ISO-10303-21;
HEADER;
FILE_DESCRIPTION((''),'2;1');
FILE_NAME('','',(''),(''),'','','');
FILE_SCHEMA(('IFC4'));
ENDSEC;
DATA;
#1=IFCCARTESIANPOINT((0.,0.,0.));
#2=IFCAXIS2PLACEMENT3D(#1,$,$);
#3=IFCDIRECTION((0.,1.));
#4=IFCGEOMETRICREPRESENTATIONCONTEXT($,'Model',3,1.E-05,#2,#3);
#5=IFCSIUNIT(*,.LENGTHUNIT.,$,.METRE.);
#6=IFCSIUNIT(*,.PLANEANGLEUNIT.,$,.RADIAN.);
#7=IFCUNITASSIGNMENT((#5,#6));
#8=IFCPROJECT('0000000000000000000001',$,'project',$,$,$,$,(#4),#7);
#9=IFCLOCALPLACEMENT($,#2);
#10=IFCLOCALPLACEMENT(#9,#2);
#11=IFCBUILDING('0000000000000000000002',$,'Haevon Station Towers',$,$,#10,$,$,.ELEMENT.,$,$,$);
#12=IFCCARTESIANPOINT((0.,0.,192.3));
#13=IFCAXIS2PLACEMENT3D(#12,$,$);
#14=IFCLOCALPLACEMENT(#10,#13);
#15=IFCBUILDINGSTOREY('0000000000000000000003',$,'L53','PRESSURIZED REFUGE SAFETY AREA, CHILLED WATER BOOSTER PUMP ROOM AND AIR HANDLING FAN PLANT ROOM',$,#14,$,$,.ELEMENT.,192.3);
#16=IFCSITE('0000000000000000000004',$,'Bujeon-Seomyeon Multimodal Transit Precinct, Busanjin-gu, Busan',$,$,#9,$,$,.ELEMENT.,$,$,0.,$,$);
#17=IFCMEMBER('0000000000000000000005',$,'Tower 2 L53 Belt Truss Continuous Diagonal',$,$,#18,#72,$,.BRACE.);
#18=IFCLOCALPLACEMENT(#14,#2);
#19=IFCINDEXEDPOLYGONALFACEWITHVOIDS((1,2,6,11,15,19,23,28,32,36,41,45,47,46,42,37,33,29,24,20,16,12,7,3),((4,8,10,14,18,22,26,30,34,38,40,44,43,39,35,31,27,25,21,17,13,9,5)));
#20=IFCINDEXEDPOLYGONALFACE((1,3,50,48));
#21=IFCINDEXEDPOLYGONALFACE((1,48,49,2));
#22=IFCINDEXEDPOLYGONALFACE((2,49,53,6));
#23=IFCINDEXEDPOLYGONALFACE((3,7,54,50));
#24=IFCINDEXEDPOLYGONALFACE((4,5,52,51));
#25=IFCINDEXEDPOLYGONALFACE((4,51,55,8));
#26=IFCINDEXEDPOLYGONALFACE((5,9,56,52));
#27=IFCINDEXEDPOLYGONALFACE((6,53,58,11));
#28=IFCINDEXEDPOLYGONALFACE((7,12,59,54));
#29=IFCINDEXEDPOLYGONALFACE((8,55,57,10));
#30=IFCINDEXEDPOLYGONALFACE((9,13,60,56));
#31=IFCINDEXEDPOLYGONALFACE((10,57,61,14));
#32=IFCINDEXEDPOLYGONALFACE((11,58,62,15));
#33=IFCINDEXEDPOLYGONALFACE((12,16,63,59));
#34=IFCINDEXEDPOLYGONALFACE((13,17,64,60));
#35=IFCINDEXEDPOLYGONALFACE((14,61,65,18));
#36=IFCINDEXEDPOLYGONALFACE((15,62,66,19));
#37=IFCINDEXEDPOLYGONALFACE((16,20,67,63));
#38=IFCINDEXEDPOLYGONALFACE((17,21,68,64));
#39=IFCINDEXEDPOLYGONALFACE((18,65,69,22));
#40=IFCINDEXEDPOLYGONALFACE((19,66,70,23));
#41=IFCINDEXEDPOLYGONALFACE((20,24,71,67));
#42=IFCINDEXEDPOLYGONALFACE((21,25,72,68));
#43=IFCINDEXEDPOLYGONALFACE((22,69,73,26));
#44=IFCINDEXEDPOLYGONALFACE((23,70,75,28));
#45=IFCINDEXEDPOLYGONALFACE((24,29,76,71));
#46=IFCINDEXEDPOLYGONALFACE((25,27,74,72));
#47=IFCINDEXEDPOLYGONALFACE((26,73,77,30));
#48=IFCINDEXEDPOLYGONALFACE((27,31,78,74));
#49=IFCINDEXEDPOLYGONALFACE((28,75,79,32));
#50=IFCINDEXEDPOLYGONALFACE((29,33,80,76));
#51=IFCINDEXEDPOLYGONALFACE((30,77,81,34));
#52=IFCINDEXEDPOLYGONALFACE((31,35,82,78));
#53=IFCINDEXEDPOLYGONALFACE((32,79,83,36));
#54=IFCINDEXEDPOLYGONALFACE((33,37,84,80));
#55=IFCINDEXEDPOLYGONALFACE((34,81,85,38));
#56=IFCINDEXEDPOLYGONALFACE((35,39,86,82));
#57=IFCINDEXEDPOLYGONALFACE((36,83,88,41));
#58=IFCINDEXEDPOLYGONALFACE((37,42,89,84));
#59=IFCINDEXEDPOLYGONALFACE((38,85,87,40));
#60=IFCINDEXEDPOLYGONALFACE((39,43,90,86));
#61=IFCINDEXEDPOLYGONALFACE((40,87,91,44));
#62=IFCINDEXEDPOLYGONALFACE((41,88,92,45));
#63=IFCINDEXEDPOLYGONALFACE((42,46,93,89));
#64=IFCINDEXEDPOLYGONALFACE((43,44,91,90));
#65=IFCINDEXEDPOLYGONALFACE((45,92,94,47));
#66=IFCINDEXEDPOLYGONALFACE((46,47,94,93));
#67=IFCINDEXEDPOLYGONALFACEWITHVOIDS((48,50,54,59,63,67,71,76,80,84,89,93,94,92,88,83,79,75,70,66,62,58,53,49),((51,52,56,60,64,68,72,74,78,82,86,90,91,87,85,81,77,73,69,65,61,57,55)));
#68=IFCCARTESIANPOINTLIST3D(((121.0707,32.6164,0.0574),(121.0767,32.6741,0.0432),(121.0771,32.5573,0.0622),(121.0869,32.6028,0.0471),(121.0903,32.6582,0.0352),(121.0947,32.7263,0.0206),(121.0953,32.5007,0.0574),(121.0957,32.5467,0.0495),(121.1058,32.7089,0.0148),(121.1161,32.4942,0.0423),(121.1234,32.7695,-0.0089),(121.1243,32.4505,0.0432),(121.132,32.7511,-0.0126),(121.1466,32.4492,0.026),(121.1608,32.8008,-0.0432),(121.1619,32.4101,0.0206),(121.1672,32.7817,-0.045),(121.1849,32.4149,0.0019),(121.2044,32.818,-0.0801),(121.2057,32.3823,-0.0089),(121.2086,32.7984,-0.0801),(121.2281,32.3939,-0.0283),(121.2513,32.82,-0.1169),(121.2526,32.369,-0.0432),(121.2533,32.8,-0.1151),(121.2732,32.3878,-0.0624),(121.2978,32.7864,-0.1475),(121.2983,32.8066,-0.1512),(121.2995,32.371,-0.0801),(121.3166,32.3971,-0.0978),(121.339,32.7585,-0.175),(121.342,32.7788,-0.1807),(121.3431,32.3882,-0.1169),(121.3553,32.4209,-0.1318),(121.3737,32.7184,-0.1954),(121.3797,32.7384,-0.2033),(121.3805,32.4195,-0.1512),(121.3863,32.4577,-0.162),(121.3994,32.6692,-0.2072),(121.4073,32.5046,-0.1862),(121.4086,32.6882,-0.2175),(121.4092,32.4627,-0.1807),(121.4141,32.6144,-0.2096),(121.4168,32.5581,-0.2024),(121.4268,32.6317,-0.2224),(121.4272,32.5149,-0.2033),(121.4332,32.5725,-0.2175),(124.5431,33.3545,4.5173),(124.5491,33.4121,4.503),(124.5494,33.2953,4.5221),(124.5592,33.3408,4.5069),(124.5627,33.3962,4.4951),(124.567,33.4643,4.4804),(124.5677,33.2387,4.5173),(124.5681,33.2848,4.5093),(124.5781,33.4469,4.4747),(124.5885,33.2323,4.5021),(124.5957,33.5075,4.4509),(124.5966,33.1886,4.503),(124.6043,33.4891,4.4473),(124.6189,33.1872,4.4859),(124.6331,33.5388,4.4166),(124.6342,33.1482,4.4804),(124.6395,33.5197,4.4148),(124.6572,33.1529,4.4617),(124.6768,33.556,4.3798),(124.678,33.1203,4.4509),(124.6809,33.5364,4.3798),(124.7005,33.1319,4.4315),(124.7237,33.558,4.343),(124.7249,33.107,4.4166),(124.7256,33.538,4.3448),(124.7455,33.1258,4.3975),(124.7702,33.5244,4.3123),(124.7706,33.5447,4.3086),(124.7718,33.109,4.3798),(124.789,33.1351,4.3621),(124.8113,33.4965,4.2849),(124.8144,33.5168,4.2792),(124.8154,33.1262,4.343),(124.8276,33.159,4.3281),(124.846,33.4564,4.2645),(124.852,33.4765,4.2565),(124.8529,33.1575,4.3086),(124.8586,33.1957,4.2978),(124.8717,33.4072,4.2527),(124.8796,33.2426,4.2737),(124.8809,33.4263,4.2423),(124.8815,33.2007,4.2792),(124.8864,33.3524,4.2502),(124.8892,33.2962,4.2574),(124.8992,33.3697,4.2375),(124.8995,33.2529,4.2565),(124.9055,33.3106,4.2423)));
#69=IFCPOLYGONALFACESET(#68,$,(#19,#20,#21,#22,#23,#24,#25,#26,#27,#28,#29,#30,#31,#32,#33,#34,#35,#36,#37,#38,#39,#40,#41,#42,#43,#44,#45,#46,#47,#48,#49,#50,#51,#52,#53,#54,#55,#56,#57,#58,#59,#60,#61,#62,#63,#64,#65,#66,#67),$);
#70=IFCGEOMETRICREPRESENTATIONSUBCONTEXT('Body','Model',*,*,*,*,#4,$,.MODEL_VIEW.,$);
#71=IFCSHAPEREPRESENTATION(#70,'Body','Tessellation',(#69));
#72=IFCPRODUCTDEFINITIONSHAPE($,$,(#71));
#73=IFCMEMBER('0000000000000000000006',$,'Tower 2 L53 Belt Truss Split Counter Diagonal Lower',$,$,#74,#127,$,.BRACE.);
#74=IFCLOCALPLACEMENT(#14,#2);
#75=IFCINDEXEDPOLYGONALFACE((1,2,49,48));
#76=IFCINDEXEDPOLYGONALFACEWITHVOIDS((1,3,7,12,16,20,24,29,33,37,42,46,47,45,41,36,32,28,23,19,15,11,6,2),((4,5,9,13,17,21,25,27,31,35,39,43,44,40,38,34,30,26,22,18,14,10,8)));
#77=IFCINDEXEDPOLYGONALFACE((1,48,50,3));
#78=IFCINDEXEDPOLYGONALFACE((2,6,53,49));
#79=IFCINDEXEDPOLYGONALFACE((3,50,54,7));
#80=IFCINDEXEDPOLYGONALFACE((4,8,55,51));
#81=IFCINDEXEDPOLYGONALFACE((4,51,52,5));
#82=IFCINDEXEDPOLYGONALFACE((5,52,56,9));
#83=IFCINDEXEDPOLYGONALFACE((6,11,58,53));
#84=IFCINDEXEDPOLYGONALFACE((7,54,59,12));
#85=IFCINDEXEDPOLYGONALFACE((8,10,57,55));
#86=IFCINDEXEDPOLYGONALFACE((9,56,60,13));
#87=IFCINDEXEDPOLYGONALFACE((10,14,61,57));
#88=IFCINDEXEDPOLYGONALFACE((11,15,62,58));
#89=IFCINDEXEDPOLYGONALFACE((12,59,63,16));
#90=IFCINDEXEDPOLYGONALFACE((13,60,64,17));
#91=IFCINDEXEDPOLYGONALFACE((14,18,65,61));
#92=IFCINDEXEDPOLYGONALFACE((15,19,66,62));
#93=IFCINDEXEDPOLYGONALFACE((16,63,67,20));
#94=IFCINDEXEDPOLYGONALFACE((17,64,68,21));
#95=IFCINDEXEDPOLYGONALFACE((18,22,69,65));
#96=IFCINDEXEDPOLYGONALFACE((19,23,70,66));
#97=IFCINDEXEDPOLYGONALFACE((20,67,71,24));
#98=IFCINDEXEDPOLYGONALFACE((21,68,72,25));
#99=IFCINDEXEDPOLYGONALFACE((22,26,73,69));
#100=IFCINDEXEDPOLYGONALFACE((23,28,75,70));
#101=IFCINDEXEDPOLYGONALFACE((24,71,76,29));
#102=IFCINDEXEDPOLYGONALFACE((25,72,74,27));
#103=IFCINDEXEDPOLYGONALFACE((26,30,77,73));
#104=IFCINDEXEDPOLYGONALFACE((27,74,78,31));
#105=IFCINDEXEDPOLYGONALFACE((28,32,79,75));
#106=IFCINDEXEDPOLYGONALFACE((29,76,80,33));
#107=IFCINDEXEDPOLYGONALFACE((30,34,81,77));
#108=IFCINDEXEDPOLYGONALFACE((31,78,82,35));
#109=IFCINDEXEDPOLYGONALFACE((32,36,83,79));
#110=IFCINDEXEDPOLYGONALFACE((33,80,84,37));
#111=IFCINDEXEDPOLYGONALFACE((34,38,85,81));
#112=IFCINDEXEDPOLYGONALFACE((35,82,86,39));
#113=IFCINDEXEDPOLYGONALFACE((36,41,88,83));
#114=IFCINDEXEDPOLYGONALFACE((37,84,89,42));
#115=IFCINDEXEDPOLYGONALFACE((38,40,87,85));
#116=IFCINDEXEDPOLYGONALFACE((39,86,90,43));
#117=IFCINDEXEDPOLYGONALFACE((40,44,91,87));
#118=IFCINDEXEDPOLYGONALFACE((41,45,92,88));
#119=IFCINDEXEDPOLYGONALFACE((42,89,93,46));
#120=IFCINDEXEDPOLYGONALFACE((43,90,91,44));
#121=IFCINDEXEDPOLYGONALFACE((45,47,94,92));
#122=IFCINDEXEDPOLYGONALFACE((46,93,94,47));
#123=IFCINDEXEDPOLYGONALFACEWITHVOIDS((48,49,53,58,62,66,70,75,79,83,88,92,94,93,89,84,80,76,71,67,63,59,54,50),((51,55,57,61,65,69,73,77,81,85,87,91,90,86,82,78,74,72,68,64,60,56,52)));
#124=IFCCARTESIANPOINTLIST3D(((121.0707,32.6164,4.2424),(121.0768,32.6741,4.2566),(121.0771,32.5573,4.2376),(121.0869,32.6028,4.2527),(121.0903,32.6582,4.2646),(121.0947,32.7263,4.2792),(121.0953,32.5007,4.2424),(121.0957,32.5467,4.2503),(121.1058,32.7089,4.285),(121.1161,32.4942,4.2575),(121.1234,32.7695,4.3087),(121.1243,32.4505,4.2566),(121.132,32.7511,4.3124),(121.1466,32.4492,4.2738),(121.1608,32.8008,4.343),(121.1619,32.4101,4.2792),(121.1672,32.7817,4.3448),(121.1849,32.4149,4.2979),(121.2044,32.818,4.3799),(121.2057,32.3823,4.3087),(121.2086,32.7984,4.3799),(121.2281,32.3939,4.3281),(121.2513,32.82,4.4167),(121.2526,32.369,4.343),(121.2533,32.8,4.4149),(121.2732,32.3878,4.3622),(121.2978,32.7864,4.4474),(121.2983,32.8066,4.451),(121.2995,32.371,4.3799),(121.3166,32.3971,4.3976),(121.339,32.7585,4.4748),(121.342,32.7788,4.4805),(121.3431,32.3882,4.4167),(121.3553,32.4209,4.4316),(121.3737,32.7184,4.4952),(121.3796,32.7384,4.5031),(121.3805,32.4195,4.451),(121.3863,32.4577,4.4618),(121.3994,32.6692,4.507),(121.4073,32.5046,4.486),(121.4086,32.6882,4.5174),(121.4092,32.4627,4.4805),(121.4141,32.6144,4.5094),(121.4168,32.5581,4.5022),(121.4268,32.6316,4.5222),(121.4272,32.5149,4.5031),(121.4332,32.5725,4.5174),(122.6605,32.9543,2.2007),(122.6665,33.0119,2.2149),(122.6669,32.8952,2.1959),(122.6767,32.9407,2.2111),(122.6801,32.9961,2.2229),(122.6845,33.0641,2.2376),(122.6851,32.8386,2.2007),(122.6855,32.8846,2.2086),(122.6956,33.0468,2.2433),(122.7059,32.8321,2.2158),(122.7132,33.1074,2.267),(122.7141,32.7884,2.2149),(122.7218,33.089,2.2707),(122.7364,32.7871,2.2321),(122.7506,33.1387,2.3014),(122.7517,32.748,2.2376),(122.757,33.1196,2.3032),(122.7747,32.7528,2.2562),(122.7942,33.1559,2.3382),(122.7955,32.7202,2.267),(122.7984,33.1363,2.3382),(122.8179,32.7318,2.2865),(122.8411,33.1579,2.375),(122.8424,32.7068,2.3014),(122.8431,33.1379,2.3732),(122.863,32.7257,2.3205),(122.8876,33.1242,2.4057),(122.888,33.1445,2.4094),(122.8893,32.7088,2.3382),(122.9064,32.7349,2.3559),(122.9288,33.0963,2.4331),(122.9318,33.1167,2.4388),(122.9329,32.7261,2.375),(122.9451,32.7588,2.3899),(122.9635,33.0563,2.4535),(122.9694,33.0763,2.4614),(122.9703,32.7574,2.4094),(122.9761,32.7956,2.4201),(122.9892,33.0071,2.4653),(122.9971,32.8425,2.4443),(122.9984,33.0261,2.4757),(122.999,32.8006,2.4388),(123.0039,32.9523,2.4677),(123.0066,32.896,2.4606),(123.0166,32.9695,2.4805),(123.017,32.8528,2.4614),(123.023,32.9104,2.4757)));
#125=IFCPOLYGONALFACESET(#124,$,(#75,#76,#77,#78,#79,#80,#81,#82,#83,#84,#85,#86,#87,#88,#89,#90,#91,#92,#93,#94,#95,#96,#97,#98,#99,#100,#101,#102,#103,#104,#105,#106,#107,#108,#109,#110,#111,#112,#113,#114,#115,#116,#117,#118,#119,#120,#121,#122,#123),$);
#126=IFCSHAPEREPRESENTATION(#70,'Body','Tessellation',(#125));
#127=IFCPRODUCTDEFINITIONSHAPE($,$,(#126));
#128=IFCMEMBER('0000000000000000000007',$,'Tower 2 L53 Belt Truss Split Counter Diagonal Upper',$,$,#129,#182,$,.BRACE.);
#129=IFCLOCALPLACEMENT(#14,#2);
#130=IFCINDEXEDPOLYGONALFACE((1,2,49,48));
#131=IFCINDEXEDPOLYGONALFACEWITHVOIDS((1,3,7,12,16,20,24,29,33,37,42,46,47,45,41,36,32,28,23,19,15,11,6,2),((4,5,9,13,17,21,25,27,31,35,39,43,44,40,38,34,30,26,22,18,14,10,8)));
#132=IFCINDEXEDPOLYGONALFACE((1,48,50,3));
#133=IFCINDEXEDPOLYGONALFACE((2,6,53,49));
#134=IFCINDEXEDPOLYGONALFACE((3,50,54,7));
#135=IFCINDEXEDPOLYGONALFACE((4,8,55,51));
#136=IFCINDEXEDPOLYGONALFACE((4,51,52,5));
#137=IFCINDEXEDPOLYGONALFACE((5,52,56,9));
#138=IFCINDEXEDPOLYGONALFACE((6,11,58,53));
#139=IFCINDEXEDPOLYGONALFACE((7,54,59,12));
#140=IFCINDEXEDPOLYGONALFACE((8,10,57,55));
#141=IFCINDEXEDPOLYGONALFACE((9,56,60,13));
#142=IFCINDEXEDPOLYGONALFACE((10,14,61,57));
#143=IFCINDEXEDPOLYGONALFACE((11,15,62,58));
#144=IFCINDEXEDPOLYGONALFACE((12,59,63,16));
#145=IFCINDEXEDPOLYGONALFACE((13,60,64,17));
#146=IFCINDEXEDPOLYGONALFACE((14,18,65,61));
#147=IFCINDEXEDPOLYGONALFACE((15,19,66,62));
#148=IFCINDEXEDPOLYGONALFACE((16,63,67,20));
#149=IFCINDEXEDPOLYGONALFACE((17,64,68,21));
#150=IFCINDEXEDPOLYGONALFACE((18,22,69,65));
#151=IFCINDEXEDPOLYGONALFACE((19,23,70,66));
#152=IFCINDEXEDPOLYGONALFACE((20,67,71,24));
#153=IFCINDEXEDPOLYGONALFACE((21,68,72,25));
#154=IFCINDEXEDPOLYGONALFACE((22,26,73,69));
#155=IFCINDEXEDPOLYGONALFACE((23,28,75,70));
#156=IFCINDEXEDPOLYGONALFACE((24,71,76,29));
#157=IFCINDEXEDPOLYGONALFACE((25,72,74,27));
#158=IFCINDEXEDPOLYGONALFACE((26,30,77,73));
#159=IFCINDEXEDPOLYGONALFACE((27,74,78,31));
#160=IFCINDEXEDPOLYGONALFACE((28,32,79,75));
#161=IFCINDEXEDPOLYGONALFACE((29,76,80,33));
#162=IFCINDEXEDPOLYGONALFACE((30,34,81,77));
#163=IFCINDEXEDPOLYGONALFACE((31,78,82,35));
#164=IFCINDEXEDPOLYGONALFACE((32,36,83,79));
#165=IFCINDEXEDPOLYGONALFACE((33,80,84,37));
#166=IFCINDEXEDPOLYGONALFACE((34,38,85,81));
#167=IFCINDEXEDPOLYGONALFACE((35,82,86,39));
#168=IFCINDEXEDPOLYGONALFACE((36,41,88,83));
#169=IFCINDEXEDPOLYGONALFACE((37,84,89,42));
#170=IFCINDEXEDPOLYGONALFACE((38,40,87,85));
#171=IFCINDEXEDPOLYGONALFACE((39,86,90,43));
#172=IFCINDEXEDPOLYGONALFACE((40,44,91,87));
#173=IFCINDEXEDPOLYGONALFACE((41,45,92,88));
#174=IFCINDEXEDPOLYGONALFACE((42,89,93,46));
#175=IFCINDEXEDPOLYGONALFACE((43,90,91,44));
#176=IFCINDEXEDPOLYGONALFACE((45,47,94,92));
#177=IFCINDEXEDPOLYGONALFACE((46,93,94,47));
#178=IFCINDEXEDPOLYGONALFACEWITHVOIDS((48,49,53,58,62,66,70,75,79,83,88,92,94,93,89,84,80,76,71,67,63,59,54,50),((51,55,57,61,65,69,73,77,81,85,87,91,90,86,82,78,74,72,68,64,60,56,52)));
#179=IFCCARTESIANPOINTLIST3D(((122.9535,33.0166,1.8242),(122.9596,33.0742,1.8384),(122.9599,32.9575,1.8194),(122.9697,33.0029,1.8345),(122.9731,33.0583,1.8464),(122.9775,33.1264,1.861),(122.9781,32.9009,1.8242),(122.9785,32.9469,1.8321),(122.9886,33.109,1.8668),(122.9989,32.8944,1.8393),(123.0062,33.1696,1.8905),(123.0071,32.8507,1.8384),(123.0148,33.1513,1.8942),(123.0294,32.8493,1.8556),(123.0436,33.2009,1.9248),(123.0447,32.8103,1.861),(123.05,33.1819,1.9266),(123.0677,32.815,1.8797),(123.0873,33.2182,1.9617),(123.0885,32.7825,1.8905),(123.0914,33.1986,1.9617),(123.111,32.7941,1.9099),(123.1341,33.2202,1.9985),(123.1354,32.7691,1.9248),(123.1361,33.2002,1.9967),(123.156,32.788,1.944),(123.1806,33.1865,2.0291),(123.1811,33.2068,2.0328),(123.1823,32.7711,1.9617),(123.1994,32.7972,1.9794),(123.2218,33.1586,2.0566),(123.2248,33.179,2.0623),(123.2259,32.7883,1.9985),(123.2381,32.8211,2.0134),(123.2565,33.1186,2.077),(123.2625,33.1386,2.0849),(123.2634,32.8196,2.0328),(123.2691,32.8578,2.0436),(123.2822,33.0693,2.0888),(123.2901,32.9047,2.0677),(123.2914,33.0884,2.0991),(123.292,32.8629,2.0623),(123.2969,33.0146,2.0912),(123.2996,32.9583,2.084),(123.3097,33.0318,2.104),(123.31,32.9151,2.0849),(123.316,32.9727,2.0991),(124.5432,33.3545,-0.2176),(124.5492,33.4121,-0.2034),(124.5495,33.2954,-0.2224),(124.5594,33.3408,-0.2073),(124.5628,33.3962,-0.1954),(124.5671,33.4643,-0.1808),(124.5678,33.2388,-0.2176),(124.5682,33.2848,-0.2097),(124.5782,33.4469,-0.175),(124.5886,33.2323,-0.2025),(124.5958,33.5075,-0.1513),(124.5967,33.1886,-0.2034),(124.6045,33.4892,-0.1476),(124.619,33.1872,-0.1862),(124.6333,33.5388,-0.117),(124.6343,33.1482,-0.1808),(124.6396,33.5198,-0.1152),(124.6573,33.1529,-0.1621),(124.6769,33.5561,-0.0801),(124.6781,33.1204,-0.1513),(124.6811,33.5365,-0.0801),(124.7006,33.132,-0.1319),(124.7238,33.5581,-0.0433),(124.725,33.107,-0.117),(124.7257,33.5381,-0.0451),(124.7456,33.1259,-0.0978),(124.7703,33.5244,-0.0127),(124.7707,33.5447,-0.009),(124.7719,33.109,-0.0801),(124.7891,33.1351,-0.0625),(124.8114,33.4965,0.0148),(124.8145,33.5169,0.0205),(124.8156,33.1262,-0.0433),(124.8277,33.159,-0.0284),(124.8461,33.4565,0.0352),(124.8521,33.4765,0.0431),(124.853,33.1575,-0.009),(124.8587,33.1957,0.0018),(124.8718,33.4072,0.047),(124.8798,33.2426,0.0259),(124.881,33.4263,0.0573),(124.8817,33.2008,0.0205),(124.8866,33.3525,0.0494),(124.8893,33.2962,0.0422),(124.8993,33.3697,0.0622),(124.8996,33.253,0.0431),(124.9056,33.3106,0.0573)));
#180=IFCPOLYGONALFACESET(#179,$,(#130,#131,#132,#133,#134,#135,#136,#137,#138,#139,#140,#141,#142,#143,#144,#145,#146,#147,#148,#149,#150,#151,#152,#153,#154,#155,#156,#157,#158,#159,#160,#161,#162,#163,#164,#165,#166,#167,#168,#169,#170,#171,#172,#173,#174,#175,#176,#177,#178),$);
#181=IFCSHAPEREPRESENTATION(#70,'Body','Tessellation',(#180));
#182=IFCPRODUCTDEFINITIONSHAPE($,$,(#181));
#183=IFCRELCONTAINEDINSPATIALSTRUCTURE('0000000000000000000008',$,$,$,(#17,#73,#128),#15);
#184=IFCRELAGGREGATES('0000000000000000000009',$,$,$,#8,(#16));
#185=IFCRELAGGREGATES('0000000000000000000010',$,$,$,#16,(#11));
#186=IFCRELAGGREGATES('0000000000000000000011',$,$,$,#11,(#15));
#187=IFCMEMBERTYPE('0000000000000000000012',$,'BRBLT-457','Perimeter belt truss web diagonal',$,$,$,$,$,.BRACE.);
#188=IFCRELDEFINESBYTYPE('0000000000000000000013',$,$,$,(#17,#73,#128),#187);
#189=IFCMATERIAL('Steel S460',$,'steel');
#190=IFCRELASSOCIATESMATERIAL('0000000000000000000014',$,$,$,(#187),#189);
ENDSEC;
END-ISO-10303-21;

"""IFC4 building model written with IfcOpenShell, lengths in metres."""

from ifc_helpers import new_model, si_unit, direction, frame, origin, origin_2d, place, context, subcontext, project, spatial, hollow_circle, extrude, material, material_profile, profile_set, type_object, element, save


model = new_model("IFC4")

# Units and contexts
model_context = context("Model", 3, precision=1e-05, world=origin(), true_north=direction((0.0, 1.0)))
body_context = subcontext(model_context, "Body", "Model", "MODEL_VIEW")
ifc_project = project(units=[si_unit("LENGTHUNIT", "METRE"), si_unit("PLANEANGLEUNIT", "RADIAN")], contexts=[model_context])

# Site, building, storey
site_placement = place(None, origin())
site = spatial("IfcSite", under=ifc_project, at=site_placement, Name="Bujeon-Seomyeon Multimodal Transit Precinct, Busanjin-gu, Busan", CompositionType="ELEMENT", RefElevation=0.0)
building_placement = place(site_placement, origin())
building = spatial("IfcBuilding", under=site, at=building_placement, Name="Haevon Station Towers", CompositionType="ELEMENT")
storey_placement = place(building_placement, frame((0.0, 0.0, 192.3)))
storey = spatial("IfcBuildingStorey", under=building, at=storey_placement, Name="L53", Description="PRESSURIZED REFUGE SAFETY AREA, CHILLED WATER BOOSTER PUMP ROOM AND AIR HANDLING FAN PLANT ROOM", CompositionType="ELEMENT", Elevation=192.3)

# Shared definitions
ifc_material_1 = material(Name="Steel S460", Category="steel")

# Members
ifc_material_profile_1 = material_profile(ifc_material_1, hollow_circle(Radius=0.2285, WallThickness=0.02, at=origin_2d()), Name="CHS-457x20")
ifc_profile_set_1 = profile_set([ifc_material_profile_1], Name="Steel S460")
member_type_1 = type_object("IfcMemberType", Name="BRBLT-457", Description="Perimeter belt truss web diagonal", PredefinedType="BRACE", material=ifc_profile_set_1)
member_1_placement = place(storey_placement, frame((121.252, 32.5945, -0.0801), z_axis=(0.609161, 0.129473, 0.782406), x_axis=(-0.207899, 0.97815, 0.0)))
element("IfcMember", 1, at=member_1_placement, inside=storey, type_object=member_type_1, Name="Tower 2 L53 Belt Truss Continuous Diagonal", PredefinedType="BRACE", context=body_context, shape_type="SweptSolid", body=[
    extrude(hollow_circle(Radius=0.2285, WallThickness=0.02, at=origin_2d()), origin(), (0.0, 0.0, 1.0), 5.7002),
])
for number, where, z_axis, x_axis, name in (
    (2, (121.252, 32.5945, 4.3799), (0.609207, 0.129475, -0.78237), (-0.207887, 0.978153, 0.0), "Tower 2 L53 Belt Truss Split Counter Diagonal Lower"),
    (3, (123.1348, 32.9946, 1.9617), (0.609148, 0.129483, -0.782415), (-0.207918, 0.978146, 0.0), "Tower 2 L53 Belt Truss Split Counter Diagonal Upper"),
):
    element("IfcMember", number, at=place(storey_placement, frame(where, z_axis=z_axis, x_axis=x_axis)), inside=storey, type_object=member_type_1, Name=name, PredefinedType="BRACE", context=body_context, shape_type="SweptSolid", body=[
        extrude(hollow_circle(Radius=0.2285, WallThickness=0.02, at=origin_2d()), origin(), (0.0, 0.0, 1.0), 2.6096),
    ])

save(model, "model.ifc")
